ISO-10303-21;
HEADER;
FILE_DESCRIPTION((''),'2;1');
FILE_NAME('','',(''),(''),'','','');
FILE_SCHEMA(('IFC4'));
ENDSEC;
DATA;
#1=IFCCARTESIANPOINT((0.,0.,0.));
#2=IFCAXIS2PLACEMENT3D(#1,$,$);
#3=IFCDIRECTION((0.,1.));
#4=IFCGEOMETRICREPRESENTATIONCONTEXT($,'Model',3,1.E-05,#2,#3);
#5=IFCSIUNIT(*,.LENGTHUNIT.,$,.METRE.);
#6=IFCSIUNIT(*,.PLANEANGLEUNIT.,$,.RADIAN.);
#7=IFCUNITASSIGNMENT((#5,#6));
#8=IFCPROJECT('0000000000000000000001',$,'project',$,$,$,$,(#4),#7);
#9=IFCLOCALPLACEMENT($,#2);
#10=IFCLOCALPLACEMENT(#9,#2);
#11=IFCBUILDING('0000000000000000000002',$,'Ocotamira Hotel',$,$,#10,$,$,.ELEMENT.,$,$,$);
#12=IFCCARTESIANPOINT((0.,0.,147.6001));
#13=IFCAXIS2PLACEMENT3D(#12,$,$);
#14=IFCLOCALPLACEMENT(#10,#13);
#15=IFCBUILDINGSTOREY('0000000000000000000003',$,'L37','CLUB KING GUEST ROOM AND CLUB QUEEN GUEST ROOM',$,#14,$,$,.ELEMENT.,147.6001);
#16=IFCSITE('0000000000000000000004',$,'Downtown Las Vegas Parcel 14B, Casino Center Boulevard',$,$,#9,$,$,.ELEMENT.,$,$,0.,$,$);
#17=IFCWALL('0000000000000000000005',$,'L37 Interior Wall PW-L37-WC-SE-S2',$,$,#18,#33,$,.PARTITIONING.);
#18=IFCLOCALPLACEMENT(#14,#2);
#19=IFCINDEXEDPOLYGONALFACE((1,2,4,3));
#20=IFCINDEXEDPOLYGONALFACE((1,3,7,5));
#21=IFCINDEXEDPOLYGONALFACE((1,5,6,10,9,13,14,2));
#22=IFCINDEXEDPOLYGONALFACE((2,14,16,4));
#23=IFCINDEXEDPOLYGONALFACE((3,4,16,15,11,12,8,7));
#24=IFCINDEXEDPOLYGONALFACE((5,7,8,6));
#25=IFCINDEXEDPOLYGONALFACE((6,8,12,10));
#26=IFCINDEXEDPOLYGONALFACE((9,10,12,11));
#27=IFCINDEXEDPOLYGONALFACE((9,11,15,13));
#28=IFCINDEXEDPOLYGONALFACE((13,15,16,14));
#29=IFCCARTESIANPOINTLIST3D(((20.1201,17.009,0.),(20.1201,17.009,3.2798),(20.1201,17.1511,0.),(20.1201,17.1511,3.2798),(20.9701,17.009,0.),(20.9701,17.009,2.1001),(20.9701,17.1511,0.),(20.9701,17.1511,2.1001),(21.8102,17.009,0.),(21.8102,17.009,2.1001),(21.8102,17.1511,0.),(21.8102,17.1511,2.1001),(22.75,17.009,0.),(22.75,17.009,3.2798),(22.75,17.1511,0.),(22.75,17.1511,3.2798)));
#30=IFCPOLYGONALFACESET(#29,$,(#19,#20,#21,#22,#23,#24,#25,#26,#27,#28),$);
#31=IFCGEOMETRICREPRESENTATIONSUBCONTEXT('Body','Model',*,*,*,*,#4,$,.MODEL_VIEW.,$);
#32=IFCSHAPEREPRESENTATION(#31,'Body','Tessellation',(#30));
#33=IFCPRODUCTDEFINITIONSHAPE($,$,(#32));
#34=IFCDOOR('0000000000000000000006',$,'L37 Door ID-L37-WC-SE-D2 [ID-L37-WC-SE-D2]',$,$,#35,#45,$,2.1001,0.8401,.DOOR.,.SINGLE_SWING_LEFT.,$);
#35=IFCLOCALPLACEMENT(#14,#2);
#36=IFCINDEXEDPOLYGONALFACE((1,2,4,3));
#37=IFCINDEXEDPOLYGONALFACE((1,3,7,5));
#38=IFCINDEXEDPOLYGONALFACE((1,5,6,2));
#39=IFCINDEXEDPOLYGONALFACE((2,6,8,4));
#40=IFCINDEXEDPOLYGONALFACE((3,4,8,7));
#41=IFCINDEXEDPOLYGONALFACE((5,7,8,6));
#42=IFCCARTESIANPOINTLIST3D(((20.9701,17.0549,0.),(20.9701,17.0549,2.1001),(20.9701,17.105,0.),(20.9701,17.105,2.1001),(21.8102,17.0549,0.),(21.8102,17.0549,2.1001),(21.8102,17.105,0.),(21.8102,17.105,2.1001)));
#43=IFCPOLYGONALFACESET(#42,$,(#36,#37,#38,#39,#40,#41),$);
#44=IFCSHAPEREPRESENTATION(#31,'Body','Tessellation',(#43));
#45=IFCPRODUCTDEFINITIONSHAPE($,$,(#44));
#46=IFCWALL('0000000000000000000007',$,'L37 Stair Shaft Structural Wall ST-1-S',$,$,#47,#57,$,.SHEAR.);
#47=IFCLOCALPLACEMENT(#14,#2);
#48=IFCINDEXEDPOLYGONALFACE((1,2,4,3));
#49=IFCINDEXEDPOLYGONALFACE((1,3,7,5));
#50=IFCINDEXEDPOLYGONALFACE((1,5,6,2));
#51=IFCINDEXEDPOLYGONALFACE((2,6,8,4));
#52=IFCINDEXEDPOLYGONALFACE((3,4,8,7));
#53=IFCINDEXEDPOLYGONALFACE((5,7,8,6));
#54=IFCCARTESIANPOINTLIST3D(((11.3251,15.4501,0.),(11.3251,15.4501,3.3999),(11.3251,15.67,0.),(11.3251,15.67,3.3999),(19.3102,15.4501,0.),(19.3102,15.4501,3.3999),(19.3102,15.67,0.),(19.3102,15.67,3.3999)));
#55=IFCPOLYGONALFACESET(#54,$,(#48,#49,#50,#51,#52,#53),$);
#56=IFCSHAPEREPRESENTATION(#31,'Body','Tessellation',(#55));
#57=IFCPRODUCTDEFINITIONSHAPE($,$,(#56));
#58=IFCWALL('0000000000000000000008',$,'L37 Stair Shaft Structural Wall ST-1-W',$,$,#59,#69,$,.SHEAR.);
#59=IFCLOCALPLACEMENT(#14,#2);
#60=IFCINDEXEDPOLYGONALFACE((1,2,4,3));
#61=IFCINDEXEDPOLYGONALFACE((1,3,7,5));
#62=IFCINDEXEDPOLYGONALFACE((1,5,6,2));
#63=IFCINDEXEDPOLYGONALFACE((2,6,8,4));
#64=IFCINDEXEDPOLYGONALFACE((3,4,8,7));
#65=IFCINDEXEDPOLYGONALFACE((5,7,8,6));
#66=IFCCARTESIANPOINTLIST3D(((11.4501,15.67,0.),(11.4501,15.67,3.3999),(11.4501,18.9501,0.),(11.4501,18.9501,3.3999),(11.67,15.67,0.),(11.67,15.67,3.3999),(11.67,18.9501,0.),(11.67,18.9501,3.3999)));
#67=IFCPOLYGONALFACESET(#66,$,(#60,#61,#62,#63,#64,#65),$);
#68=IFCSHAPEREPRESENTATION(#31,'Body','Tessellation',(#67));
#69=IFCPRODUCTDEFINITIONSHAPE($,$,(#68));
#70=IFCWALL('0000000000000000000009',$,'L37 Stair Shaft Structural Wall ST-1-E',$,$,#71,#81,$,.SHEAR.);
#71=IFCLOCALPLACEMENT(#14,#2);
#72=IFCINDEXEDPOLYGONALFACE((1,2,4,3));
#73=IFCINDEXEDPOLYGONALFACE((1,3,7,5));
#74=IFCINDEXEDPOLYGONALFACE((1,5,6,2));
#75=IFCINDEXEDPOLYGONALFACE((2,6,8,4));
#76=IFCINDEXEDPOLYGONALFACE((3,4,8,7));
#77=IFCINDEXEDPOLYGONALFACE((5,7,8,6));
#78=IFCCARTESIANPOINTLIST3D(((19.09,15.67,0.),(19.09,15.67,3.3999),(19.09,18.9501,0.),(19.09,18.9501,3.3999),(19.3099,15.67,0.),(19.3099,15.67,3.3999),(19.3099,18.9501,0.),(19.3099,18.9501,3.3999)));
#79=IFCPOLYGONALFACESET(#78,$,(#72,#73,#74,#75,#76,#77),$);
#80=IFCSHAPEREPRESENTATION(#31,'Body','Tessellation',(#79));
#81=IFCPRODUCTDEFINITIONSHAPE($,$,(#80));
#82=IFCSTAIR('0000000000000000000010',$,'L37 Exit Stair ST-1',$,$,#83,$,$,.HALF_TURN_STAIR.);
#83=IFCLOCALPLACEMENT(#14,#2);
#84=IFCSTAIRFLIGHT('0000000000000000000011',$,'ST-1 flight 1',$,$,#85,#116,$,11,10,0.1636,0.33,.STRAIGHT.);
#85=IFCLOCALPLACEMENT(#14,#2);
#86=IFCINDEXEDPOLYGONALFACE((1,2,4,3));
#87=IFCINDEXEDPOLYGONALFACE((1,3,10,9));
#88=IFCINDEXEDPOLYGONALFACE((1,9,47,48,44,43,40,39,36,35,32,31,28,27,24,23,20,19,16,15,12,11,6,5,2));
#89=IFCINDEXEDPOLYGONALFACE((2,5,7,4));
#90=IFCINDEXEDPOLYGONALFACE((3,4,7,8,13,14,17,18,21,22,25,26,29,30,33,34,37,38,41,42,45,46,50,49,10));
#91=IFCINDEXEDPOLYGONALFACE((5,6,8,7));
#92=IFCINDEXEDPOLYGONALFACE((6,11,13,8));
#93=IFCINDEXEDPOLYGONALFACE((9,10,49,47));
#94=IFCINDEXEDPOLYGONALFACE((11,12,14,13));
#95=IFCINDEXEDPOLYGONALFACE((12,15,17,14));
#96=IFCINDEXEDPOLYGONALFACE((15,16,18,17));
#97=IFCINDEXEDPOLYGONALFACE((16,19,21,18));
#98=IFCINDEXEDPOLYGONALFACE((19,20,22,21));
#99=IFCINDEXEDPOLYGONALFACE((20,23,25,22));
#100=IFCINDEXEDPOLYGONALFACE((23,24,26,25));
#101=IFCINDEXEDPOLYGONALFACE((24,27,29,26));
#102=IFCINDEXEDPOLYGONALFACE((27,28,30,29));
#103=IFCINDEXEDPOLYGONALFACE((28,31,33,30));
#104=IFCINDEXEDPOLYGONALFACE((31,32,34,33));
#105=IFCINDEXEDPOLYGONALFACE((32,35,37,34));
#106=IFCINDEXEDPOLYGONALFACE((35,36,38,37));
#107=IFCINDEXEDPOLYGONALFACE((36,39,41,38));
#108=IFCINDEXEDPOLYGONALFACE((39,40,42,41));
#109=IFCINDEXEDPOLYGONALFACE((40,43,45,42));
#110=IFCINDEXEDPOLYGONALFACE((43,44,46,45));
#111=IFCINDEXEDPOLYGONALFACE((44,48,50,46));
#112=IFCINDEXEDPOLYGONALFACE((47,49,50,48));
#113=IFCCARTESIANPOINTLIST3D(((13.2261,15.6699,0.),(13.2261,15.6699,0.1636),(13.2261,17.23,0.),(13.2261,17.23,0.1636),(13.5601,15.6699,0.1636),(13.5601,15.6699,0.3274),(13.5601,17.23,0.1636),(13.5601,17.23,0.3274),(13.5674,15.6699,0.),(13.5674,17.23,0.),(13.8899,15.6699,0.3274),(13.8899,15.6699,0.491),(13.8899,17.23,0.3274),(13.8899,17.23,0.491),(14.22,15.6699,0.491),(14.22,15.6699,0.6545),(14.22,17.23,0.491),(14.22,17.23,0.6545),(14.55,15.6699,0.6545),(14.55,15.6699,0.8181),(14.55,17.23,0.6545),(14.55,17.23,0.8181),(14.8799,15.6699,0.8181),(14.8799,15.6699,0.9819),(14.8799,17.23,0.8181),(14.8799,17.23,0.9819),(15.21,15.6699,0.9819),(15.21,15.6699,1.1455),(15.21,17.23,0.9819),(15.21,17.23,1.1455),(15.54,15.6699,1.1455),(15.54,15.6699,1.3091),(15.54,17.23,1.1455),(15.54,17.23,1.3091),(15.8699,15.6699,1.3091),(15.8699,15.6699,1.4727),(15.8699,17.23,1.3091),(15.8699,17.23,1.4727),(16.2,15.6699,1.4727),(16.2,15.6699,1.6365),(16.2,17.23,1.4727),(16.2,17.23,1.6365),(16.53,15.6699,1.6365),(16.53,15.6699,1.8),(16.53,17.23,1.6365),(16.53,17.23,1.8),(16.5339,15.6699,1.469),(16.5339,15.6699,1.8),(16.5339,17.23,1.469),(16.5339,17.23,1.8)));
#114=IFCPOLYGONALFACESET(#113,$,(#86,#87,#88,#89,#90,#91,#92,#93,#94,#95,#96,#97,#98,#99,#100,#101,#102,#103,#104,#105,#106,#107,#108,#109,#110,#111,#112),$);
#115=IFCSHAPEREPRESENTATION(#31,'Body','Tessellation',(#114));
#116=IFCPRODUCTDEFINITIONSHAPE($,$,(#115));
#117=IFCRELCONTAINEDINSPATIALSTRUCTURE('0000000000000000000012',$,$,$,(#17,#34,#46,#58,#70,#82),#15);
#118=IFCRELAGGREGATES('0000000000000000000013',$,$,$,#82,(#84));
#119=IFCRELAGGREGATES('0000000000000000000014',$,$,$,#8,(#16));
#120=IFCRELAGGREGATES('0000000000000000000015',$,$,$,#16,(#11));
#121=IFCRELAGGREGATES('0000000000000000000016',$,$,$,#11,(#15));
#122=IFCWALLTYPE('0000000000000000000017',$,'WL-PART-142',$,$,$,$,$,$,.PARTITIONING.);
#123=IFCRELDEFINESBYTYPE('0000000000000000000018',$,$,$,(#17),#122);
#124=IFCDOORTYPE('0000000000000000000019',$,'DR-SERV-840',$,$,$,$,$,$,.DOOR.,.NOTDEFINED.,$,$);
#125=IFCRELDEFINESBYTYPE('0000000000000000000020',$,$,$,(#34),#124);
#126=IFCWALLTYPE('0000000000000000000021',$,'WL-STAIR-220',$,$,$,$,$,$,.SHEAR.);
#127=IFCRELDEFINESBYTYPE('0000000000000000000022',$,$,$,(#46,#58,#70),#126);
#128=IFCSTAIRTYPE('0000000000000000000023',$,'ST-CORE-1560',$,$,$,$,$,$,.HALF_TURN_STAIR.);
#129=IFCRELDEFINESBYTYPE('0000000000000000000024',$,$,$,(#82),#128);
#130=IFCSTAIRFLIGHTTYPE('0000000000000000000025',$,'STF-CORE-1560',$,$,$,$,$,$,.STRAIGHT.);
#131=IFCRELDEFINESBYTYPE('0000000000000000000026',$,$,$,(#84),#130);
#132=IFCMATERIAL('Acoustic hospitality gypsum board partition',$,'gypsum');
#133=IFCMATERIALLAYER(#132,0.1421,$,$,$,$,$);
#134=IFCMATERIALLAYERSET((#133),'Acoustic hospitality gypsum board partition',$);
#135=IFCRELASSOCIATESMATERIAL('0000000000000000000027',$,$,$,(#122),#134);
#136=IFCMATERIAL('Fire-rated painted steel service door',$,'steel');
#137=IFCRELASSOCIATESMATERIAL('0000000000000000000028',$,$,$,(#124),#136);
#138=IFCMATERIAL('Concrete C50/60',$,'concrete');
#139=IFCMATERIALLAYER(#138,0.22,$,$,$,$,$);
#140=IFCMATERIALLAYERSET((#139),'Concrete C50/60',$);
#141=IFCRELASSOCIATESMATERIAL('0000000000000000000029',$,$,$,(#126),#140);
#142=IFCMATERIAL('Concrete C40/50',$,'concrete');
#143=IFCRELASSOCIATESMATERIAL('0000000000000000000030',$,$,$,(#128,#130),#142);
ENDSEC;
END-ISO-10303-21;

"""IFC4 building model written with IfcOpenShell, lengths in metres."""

from ifc_helpers import new_model, si_unit, direction, frame, frame_2d, origin, place, context, subcontext, project, spatial, polyline, rectangle, outline, extrude, source, transform, mapped, material, layer, layer_set, type_object, element, fill, aggregate, save


model = new_model("IFC4")

# Units and contexts
model_context = context("Model", 3, precision=1e-05, world=origin(), true_north=direction((0.0, 1.0)))
body_context = subcontext(model_context, "Body", "Model", "MODEL_VIEW")
ifc_project = project(units=[si_unit("LENGTHUNIT", "METRE"), si_unit("PLANEANGLEUNIT", "RADIAN")], contexts=[model_context])

# Site, building, storey
site_placement = place(None, origin())
site = spatial("IfcSite", under=ifc_project, at=site_placement, Name="Downtown Las Vegas Parcel 14B, Casino Center Boulevard", CompositionType="ELEMENT", RefElevation=0.0)
building_placement = place(site_placement, origin())
building = spatial("IfcBuilding", under=site, at=building_placement, Name="Ocotamira Hotel", CompositionType="ELEMENT")
storey_placement = place(building_placement, frame((0.0, 0.0, 147.6001)))
storey = spatial("IfcBuildingStorey", under=building, at=storey_placement, Name="L37", Description="CLUB KING GUEST ROOM AND CLUB QUEEN GUEST ROOM", CompositionType="ELEMENT", Elevation=147.6001)

# Shared definitions
ifc_material_1 = material(Name="Acoustic hospitality gypsum board partition", Category="gypsum")
ifc_layer_1 = layer(ifc_material_1, 0.1421)
ifc_layer_set_1 = layer_set([ifc_layer_1], Name="Acoustic hospitality gypsum board partition")
wall_type_1 = type_object("IfcWallType", Name="WL-PART-142", PredefinedType="PARTITIONING", material=ifc_layer_set_1)

# Wall, opening, door
wall_1_placement = place(storey_placement, frame((20.1201, 17.0801, 0.0), z_axis=(0.0, 0.0, 1.0), x_axis=(1.0, 0.0, 0.0)))
wall_1 = element("IfcWall", 1, at=wall_1_placement, inside=storey, type_object=wall_type_1, Name="L37 Interior Wall PW-L37-WC-SE-S2", PredefinedType="PARTITIONING", context=body_context, shape_type="SweptSolid", body=[
    extrude(rectangle(XDim=2.6299, YDim=0.1421, at=frame_2d((1.3149, 0.0))), origin(), (0.0, 0.0, 1.0), 3.2798),
])
opening_1_placement = place(wall_1_placement, frame((0.8501, 0.0, 0.0)))
opening_1 = element("IfcOpeningElement", 2, at=opening_1_placement, cuts=wall_1, PredefinedType="OPENING", context=body_context, shape_type="SweptSolid", body=[
    extrude(rectangle(XDim=0.8401, YDim=2.1001, at=frame_2d((0.4199, 1.05))), frame((0.0, 0.0811, 0.0), z_axis=(0.0, -1.0, 0.0), x_axis=(1.0, 0.0, 0.0)), (0.0, 0.0, 1.0), 0.1621),
])
ifc_material_2 = material(Name="Fire-rated painted steel service door", Category="steel")
door_type_1 = type_object("IfcDoorType", Name="DR-SERV-840", OperationType="NOTDEFINED", PredefinedType="DOOR", material=ifc_material_2)
shared_shape_1 = source(origin(), body_context, "Body", "SweptSolid", [
    extrude(rectangle(XDim=0.8401, YDim=2.1001, at=frame_2d((0.4199, 1.05))), frame((0.0, 0.0249, 0.0), z_axis=(0.0, -1.0, 0.0), x_axis=(1.0, 0.0, 0.0)), (0.0, 0.0, 1.0), 0.05),
])
door_1_placement = place(opening_1_placement, origin())
door_1 = element("IfcDoor", 3, at=door_1_placement, inside=storey, type_object=door_type_1, Name="L37 Door ID-L37-WC-SE-D2 [ID-L37-WC-SE-D2]", OperationType="SINGLE_SWING_LEFT", OverallHeight=2.1001, OverallWidth=0.8401, PredefinedType="DOOR", context=body_context, shape_type="MappedRepresentation", body=[
    mapped(shared_shape_1, transform((0.0, 0.0, 0.0), scale=1.0)),
])
fill(opening_1, door_1)

# Walls
ifc_material_3 = material(Name="Concrete C50/60", Category="concrete")
ifc_layer_2 = layer(ifc_material_3, 0.22)
ifc_layer_set_2 = layer_set([ifc_layer_2], Name="Concrete C50/60")
wall_type_2 = type_object("IfcWallType", Name="WL-STAIR-220", PredefinedType="SHEAR", material=ifc_layer_set_2)
wall_2_placement = place(storey_placement, frame((11.325, 15.5601, 0.0), z_axis=(0.0, 0.0, 1.0), x_axis=(1.0, 0.0, 0.0)))
element("IfcWall", 4, at=wall_2_placement, inside=storey, type_object=wall_type_2, Name="L37 Stair Shaft Structural Wall ST-1-S", PredefinedType="SHEAR", context=body_context, shape_type="SweptSolid", body=[
    extrude(rectangle(XDim=7.9851, YDim=0.22, at=frame_2d((3.9927, 0.0))), origin(), (0.0, 0.0, 1.0), 3.3999),
])
for number, where, z_axis, x_axis, name in (
    (5, (11.5601, 15.6699, 0.0), (0.0, 0.0, 1.0), (0.0, 1.0, 0.0), "L37 Stair Shaft Structural Wall ST-1-W"),
    (6, (19.2, 15.6699, 0.0), (0.0, 0.0, 1.0), (0.0, 1.0, 0.0), "L37 Stair Shaft Structural Wall ST-1-E"),
):
    element("IfcWall", number, at=place(storey_placement, frame(where, z_axis=z_axis, x_axis=x_axis)), inside=storey, type_object=wall_type_2, Name=name, PredefinedType="SHEAR", context=body_context, shape_type="SweptSolid", body=[
        extrude(rectangle(XDim=3.28, YDim=0.22, at=frame_2d((1.6401, 0.0))), origin(), (0.0, 0.0, 1.0), 3.3999),
    ])

# Stair, stair flight
ifc_material_4 = material(Name="Concrete C40/50", Category="concrete")
stair_type = type_object("IfcStairType", Name="ST-CORE-1560", PredefinedType="HALF_TURN_STAIR", material=ifc_material_4)
stair_placement = place(storey_placement, origin())
stair = element("IfcStair", 7, at=stair_placement, inside=storey, type_object=stair_type, Name="L37 Exit Stair ST-1", PredefinedType="HALF_TURN_STAIR")
stair_flight_type = type_object("IfcStairFlightType", Name="STF-CORE-1560", PredefinedType="STRAIGHT", material=ifc_material_4)
shared_shape_2 = source(origin(), body_context, "Body", "SweptSolid", [
    extrude(outline(polyline([(-0.0039, 0.0), (-0.0039, 0.1636), (0.3301, 0.1636), (0.3301, 0.3274), (0.6599, 0.3274), (0.6599, 0.491), (0.99, 0.491), (0.99, 0.6545), (1.3201, 0.6545), (1.3201, 0.8181), (1.6499, 0.8181), (1.6499, 0.9819), (1.98, 0.9819), (1.98, 1.1455), (2.3101, 1.1455), (2.3101, 1.3091), (2.6399, 1.3091), (2.6399, 1.4727), (2.97, 1.4727), (2.97, 1.6365), (3.3, 1.6365), (3.3, 1.8), (3.304, 1.8), (3.304, 1.469), (0.3374, 0.0), (-0.0039, 0.0)])), frame((0.0, 0.78, 0.0), z_axis=(0.0, -1.0, 0.0), x_axis=(1.0, 0.0, 0.0)), (0.0, 0.0, 1.0), 1.5601),
])
stair_flight_placement = place(storey_placement, frame((13.23, 16.45, 0.0), z_axis=(0.0, 0.0, 1.0), x_axis=(1.0, 0.0, 0.0)))
stair_flight = element("IfcStairFlight", 8, at=stair_flight_placement, type_object=stair_flight_type, Name="ST-1 flight 1", NumberOfRisers=11, NumberOfTreads=10, PredefinedType="STRAIGHT", RiserHeight=0.1636, TreadLength=0.33, context=body_context, shape_type="MappedRepresentation", body=[
    mapped(shared_shape_2, transform((0.0, 0.0, 0.0), scale=1.0)),
])
aggregate(stair, [stair_flight])

save(model, "model.ifc")
